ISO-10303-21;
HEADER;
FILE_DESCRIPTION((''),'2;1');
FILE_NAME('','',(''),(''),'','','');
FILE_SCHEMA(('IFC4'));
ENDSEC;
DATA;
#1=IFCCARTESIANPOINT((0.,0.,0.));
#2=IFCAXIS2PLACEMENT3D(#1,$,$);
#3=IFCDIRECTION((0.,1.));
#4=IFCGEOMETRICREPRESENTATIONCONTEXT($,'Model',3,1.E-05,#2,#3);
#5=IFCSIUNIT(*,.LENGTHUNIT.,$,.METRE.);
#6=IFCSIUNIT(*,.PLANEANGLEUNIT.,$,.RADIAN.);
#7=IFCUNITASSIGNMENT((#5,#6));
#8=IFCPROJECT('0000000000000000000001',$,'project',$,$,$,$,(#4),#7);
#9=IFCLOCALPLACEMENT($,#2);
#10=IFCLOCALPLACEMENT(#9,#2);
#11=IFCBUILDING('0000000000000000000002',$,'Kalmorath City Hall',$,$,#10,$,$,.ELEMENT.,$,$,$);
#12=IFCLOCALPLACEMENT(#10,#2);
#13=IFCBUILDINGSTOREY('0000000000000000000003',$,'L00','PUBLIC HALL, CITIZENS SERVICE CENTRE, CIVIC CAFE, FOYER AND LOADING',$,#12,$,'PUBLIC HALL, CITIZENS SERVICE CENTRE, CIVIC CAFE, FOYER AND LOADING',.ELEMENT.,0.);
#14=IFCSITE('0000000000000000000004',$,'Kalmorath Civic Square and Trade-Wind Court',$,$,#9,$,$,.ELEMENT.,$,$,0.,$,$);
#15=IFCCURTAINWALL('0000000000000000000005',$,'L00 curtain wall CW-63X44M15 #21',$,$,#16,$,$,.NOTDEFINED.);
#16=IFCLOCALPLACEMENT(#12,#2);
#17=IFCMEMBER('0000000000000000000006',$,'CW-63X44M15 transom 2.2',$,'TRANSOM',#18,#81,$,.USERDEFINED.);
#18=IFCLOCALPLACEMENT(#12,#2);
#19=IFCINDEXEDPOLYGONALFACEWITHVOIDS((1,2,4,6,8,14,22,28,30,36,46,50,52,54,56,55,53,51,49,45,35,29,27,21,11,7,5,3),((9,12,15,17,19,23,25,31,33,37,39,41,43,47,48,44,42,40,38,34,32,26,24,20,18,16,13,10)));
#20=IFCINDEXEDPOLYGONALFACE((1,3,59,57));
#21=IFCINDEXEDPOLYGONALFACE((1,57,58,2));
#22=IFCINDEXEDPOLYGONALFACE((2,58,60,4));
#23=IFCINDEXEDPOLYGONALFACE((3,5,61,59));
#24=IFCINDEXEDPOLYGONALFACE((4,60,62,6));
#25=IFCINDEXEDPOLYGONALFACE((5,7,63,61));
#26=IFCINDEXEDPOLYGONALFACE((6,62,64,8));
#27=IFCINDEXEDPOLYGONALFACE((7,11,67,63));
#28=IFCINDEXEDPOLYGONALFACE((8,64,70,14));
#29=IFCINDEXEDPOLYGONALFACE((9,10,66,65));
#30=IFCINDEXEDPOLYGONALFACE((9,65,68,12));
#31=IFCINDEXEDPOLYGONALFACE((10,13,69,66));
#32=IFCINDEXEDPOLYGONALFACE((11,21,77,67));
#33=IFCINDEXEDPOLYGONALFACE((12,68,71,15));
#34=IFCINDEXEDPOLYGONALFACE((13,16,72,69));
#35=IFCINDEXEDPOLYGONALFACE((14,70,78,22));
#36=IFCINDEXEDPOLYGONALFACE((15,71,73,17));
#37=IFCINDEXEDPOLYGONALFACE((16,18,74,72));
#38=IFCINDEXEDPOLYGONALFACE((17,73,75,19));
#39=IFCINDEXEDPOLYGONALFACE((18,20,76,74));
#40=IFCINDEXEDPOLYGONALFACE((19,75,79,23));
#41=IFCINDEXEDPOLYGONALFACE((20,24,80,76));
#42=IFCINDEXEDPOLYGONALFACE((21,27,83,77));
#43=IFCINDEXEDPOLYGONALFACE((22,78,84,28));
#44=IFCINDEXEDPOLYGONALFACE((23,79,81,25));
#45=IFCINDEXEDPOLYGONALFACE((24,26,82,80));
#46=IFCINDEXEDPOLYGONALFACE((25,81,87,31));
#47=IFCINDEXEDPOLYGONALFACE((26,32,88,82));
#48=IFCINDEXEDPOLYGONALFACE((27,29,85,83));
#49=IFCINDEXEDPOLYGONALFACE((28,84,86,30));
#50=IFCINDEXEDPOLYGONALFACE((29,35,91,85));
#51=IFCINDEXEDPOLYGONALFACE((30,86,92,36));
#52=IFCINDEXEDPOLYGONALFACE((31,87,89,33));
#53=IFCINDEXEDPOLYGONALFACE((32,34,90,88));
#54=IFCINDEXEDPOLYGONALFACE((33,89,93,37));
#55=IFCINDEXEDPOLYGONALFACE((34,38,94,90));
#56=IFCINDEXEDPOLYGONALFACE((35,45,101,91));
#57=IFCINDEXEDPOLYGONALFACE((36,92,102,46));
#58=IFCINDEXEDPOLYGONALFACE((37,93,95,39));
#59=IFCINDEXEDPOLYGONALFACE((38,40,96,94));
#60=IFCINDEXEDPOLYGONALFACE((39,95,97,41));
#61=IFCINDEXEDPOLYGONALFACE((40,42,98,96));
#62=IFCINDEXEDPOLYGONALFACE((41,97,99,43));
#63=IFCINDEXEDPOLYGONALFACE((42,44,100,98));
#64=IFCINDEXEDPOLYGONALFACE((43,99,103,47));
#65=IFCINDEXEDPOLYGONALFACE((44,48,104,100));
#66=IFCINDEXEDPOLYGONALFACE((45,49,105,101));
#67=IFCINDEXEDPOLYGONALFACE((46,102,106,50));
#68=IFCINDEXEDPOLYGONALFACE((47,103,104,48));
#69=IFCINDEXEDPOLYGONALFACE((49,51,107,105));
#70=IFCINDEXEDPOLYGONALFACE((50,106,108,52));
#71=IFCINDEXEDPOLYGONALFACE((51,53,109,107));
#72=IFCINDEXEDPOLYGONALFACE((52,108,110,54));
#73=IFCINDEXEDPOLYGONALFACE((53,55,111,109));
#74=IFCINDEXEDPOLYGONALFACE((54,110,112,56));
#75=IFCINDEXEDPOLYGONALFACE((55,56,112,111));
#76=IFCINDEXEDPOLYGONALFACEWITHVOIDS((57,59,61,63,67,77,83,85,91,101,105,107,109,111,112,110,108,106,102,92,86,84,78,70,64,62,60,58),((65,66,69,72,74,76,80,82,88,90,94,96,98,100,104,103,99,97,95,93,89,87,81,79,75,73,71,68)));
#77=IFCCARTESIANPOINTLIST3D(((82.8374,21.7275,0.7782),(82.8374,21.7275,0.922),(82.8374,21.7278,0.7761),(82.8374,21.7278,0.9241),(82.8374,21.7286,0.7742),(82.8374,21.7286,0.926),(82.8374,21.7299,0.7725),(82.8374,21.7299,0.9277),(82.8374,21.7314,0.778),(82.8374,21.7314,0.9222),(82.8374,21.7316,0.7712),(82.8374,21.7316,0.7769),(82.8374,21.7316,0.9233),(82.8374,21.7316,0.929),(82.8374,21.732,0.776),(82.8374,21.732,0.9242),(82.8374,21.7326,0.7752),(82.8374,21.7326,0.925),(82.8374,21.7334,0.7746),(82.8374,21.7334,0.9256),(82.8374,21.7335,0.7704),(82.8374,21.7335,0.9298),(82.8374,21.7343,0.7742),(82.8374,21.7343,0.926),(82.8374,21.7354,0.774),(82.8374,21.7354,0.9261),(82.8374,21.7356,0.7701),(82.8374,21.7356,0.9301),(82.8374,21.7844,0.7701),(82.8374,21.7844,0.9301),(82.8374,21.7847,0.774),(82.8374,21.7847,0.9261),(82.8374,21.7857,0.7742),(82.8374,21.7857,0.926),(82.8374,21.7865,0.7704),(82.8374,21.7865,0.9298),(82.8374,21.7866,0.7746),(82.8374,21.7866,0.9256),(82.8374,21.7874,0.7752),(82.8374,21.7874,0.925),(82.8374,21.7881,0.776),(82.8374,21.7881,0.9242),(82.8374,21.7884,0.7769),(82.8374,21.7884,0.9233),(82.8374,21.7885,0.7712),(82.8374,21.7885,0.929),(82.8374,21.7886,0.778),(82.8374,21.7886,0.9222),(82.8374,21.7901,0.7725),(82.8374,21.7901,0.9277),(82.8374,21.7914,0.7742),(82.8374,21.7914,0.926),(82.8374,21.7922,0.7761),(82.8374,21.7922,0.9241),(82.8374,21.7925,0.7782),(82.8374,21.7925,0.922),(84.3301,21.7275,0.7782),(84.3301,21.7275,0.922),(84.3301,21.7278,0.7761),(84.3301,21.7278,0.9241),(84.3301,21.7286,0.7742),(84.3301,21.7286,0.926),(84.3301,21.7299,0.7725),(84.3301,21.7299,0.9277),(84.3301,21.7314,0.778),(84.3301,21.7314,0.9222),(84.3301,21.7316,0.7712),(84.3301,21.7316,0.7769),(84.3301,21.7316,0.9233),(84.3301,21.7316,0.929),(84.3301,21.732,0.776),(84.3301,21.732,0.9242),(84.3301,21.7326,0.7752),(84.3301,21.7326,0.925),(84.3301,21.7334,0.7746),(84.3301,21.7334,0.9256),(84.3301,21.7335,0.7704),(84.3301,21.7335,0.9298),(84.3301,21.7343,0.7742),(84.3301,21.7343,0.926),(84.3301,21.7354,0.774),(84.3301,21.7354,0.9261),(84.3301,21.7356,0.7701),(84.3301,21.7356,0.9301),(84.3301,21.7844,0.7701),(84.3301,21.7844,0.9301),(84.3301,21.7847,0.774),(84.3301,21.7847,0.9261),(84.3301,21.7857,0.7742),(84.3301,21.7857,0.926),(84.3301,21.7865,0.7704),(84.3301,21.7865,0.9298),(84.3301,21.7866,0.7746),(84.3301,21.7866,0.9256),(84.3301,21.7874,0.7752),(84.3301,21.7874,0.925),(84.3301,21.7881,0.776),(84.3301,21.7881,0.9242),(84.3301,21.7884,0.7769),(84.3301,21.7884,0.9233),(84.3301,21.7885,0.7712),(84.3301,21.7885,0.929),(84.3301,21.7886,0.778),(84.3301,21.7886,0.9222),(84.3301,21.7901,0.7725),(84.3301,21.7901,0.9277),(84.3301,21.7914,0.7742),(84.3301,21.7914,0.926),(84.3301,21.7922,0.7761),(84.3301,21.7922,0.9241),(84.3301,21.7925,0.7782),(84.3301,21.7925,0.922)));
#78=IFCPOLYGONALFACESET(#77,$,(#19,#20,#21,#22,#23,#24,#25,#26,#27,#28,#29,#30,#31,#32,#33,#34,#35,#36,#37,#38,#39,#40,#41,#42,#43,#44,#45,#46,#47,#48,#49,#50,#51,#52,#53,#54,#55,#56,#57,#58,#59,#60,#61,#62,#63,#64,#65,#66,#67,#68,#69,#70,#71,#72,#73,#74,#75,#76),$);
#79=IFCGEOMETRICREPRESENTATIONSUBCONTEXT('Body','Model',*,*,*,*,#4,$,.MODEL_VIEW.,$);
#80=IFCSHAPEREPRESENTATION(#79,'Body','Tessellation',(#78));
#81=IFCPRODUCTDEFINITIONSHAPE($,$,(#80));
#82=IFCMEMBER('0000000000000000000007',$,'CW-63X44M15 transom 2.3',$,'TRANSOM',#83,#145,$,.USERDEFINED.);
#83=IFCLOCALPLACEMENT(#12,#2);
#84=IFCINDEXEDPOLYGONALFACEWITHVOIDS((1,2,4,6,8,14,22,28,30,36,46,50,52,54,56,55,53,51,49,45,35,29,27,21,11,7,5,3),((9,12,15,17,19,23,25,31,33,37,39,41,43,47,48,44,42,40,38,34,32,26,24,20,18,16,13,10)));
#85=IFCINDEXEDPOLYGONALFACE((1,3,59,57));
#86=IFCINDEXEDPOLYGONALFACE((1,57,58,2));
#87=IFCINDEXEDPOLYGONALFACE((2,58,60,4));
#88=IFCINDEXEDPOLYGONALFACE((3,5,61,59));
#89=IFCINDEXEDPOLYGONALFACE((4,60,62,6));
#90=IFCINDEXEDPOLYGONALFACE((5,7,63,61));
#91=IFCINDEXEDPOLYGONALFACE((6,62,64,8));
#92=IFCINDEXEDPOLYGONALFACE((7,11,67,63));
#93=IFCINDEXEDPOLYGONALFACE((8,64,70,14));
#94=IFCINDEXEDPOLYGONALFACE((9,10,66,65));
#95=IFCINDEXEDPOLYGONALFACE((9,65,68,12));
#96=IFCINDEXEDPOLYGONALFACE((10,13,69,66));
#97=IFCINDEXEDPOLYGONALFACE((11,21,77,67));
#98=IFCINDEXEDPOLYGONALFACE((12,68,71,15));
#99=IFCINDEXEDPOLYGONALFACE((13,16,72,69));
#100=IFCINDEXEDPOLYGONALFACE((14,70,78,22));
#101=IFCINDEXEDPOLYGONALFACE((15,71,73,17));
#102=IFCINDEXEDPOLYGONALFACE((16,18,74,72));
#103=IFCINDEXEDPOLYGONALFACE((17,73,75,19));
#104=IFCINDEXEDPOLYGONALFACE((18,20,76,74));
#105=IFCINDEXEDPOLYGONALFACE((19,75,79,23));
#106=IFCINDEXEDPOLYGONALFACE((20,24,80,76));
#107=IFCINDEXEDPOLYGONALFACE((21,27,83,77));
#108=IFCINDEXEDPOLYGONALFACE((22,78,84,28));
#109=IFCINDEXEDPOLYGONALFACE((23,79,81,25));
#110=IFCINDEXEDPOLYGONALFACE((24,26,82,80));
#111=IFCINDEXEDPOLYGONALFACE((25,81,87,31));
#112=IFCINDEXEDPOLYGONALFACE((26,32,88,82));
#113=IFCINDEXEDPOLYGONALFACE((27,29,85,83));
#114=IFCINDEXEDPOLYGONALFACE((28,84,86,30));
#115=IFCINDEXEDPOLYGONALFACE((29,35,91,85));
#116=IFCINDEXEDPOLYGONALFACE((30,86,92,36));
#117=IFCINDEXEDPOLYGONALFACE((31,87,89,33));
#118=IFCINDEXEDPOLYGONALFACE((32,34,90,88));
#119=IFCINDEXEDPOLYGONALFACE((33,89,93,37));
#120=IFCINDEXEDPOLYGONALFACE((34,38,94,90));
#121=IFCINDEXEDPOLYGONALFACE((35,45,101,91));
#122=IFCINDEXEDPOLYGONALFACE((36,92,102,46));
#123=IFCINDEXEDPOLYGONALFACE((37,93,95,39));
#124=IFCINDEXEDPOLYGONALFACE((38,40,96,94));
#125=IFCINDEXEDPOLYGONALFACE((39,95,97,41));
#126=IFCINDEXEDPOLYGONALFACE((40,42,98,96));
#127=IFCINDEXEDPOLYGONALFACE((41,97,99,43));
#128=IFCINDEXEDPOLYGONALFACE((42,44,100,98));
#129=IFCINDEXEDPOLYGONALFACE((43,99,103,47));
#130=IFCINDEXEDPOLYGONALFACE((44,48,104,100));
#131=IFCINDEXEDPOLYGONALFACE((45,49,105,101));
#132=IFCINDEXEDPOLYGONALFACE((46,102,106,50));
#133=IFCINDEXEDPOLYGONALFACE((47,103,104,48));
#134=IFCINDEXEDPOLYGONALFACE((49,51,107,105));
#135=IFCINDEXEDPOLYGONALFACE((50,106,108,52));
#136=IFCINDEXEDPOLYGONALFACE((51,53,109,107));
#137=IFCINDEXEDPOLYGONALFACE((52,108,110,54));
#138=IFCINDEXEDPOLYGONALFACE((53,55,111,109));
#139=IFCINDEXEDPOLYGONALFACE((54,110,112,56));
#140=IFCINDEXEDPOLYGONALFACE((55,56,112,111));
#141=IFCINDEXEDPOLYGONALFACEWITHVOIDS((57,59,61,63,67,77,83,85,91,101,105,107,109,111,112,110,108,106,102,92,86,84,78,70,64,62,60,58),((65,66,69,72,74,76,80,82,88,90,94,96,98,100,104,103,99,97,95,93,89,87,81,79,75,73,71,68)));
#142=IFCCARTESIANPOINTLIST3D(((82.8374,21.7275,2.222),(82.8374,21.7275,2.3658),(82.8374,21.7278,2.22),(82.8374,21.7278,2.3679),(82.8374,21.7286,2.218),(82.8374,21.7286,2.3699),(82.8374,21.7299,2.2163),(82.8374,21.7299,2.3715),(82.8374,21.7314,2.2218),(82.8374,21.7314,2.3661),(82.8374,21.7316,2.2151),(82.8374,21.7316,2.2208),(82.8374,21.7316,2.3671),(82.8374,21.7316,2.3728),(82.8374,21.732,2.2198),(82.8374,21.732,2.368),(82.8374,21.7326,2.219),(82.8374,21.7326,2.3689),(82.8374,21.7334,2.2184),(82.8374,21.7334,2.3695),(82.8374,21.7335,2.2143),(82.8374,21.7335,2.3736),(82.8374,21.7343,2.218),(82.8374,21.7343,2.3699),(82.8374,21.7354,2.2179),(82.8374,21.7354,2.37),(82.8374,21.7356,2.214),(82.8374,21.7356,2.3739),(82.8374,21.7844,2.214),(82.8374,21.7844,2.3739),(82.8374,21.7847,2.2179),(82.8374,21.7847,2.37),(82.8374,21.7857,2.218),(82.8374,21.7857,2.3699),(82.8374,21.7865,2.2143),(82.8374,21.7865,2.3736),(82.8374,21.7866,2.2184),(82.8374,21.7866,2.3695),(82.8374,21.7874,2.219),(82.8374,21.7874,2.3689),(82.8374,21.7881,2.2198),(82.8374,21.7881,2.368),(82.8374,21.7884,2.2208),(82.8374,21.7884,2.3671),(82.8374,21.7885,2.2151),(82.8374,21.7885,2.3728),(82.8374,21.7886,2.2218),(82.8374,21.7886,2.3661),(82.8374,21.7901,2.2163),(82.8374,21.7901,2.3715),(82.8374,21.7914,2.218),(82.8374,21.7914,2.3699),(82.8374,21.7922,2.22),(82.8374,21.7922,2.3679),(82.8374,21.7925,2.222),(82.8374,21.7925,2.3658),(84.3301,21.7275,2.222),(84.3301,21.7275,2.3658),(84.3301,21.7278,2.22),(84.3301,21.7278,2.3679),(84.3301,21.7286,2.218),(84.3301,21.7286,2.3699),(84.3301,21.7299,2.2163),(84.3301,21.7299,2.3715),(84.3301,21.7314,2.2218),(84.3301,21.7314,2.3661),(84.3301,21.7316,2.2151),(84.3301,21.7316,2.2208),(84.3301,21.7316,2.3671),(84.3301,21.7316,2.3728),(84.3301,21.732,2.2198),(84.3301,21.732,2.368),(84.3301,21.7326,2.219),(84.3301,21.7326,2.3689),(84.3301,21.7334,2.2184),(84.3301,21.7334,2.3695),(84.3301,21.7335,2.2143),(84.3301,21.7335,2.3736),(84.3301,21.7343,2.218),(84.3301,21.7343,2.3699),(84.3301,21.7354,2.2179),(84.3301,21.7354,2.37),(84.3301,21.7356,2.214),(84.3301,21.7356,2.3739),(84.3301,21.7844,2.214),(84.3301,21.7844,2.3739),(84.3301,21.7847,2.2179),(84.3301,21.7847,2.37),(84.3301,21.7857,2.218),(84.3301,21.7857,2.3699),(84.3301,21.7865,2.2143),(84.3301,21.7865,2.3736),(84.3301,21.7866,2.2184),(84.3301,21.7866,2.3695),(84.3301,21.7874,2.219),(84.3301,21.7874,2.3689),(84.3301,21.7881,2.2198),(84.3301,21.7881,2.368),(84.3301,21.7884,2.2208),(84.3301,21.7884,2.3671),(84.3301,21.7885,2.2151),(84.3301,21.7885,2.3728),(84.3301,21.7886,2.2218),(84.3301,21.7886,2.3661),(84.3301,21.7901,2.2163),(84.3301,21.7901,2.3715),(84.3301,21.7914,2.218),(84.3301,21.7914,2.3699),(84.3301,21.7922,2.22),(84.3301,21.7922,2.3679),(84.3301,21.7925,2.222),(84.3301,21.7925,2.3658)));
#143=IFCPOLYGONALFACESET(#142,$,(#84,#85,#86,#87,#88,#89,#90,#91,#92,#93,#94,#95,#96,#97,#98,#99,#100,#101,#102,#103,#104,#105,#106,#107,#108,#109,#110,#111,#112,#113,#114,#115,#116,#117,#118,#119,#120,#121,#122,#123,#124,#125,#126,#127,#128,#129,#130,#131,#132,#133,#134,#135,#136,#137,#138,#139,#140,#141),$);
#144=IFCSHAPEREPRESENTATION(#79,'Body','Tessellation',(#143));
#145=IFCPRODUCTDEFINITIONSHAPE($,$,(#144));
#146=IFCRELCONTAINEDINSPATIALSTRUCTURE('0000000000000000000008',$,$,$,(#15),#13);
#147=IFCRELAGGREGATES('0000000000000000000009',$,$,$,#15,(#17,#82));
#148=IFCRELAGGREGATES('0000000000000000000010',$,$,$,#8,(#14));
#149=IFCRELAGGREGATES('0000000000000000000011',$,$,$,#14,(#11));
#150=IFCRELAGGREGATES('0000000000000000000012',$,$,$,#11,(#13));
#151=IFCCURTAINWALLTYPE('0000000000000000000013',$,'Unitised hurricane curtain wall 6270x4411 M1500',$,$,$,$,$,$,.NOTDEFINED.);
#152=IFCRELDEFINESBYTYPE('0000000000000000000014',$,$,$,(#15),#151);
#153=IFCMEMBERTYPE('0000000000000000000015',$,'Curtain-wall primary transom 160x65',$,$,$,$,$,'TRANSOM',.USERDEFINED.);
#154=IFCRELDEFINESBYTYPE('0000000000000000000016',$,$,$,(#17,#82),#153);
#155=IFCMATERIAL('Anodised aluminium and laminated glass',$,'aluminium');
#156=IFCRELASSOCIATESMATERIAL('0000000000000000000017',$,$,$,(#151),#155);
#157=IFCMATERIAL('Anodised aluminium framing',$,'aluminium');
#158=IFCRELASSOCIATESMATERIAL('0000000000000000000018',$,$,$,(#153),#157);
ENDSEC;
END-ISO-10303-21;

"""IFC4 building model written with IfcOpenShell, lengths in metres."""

from ifc_helpers import new_model, si_unit, direction, frame, origin, origin_2d, place, context, subcontext, project, spatial, hollow_rectangle, extrude, material, material_profile, profile_set, type_object, element, aggregate, save


model = new_model("IFC4")

# Units and contexts
model_context = context("Model", 3, precision=1e-05, world=origin(), true_north=direction((0.0, 1.0)))
body_context = subcontext(model_context, "Body", "Model", "MODEL_VIEW")
ifc_project = project(units=[si_unit("LENGTHUNIT", "METRE"), si_unit("PLANEANGLEUNIT", "RADIAN")], contexts=[model_context])

# Site, building, storey
site_placement = place(None, origin())
site = spatial("IfcSite", under=ifc_project, at=site_placement, Name="Kalmorath Civic Square and Trade-Wind Court", CompositionType="ELEMENT", RefElevation=0.0)
building_placement = place(site_placement, origin())
building = spatial("IfcBuilding", under=site, at=building_placement, Name="Kalmorath City Hall", CompositionType="ELEMENT")
storey_placement = place(building_placement, origin())
storey = spatial("IfcBuildingStorey", under=building, at=storey_placement, Name="L00", Description="PUBLIC HALL, CITIZENS SERVICE CENTRE, CIVIC CAFE, FOYER AND LOADING", LongName="PUBLIC HALL, CITIZENS SERVICE CENTRE, CIVIC CAFE, FOYER AND LOADING", CompositionType="ELEMENT", Elevation=0.0)

# Curtain wall, members
ifc_material_1 = material(Name="Anodised aluminium and laminated glass", Category="aluminium")
curtain_wall_type = type_object("IfcCurtainWallType", Name="Unitised hurricane curtain wall 6270x4411 M1500", PredefinedType="NOTDEFINED", material=ifc_material_1)
curtain_wall_placement = place(storey_placement, origin())
curtain_wall = element("IfcCurtainWall", 1, at=curtain_wall_placement, inside=storey, type_object=curtain_wall_type, Name="L00 curtain wall CW-63X44M15 #21", PredefinedType="NOTDEFINED")
ifc_material_2 = material(Name="Anodised aluminium framing", Category="aluminium")
ifc_material_profile_1 = material_profile(ifc_material_2, hollow_rectangle(XDim=0.0649, YDim=0.1599, WallThickness=0.0039, InnerFilletRadius=0.0039, OuterFilletRadius=0.0081, at=origin_2d()), Name="ALU-TRN-160X65X4")
ifc_profile_set_1 = profile_set([ifc_material_profile_1], Name="Anodised aluminium framing")
member_type_1 = type_object("IfcMemberType", Name="Curtain-wall primary transom 160x65", ElementType="TRANSOM", PredefinedType="USERDEFINED", material=ifc_profile_set_1)
member_1_placement = place(storey_placement, frame((84.3301, 21.76, 0.8501), z_axis=(-1.0, 0.0, 0.0), x_axis=(0.0, -1.0, 0.0)))
member_1 = element("IfcMember", 2, at=member_1_placement, type_object=member_type_1, Name="CW-63X44M15 transom 2.2", ObjectType="TRANSOM", PredefinedType="USERDEFINED", context=body_context, shape_type="SweptSolid", body=[
    extrude(hollow_rectangle(XDim=0.0649, YDim=0.1599, WallThickness=0.0039, InnerFilletRadius=0.0039, OuterFilletRadius=0.0081, at=origin_2d()), origin(), (0.0, 0.0, 1.0), 1.4927),
])
member_2_placement = place(storey_placement, frame((84.3301, 21.76, 2.2939), z_axis=(-1.0, 0.0, 0.0), x_axis=(0.0, -1.0, 0.0)))
member_2 = element("IfcMember", 3, at=member_2_placement, type_object=member_type_1, Name="CW-63X44M15 transom 2.3", ObjectType="TRANSOM", PredefinedType="USERDEFINED", context=body_context, shape_type="SweptSolid", body=[
    extrude(hollow_rectangle(XDim=0.0649, YDim=0.1599, WallThickness=0.0039, InnerFilletRadius=0.0039, OuterFilletRadius=0.0081, at=origin_2d()), origin(), (0.0, 0.0, 1.0), 1.4927),
])

aggregate(curtain_wall, [member_1, member_2])

save(model, "model.ifc")
